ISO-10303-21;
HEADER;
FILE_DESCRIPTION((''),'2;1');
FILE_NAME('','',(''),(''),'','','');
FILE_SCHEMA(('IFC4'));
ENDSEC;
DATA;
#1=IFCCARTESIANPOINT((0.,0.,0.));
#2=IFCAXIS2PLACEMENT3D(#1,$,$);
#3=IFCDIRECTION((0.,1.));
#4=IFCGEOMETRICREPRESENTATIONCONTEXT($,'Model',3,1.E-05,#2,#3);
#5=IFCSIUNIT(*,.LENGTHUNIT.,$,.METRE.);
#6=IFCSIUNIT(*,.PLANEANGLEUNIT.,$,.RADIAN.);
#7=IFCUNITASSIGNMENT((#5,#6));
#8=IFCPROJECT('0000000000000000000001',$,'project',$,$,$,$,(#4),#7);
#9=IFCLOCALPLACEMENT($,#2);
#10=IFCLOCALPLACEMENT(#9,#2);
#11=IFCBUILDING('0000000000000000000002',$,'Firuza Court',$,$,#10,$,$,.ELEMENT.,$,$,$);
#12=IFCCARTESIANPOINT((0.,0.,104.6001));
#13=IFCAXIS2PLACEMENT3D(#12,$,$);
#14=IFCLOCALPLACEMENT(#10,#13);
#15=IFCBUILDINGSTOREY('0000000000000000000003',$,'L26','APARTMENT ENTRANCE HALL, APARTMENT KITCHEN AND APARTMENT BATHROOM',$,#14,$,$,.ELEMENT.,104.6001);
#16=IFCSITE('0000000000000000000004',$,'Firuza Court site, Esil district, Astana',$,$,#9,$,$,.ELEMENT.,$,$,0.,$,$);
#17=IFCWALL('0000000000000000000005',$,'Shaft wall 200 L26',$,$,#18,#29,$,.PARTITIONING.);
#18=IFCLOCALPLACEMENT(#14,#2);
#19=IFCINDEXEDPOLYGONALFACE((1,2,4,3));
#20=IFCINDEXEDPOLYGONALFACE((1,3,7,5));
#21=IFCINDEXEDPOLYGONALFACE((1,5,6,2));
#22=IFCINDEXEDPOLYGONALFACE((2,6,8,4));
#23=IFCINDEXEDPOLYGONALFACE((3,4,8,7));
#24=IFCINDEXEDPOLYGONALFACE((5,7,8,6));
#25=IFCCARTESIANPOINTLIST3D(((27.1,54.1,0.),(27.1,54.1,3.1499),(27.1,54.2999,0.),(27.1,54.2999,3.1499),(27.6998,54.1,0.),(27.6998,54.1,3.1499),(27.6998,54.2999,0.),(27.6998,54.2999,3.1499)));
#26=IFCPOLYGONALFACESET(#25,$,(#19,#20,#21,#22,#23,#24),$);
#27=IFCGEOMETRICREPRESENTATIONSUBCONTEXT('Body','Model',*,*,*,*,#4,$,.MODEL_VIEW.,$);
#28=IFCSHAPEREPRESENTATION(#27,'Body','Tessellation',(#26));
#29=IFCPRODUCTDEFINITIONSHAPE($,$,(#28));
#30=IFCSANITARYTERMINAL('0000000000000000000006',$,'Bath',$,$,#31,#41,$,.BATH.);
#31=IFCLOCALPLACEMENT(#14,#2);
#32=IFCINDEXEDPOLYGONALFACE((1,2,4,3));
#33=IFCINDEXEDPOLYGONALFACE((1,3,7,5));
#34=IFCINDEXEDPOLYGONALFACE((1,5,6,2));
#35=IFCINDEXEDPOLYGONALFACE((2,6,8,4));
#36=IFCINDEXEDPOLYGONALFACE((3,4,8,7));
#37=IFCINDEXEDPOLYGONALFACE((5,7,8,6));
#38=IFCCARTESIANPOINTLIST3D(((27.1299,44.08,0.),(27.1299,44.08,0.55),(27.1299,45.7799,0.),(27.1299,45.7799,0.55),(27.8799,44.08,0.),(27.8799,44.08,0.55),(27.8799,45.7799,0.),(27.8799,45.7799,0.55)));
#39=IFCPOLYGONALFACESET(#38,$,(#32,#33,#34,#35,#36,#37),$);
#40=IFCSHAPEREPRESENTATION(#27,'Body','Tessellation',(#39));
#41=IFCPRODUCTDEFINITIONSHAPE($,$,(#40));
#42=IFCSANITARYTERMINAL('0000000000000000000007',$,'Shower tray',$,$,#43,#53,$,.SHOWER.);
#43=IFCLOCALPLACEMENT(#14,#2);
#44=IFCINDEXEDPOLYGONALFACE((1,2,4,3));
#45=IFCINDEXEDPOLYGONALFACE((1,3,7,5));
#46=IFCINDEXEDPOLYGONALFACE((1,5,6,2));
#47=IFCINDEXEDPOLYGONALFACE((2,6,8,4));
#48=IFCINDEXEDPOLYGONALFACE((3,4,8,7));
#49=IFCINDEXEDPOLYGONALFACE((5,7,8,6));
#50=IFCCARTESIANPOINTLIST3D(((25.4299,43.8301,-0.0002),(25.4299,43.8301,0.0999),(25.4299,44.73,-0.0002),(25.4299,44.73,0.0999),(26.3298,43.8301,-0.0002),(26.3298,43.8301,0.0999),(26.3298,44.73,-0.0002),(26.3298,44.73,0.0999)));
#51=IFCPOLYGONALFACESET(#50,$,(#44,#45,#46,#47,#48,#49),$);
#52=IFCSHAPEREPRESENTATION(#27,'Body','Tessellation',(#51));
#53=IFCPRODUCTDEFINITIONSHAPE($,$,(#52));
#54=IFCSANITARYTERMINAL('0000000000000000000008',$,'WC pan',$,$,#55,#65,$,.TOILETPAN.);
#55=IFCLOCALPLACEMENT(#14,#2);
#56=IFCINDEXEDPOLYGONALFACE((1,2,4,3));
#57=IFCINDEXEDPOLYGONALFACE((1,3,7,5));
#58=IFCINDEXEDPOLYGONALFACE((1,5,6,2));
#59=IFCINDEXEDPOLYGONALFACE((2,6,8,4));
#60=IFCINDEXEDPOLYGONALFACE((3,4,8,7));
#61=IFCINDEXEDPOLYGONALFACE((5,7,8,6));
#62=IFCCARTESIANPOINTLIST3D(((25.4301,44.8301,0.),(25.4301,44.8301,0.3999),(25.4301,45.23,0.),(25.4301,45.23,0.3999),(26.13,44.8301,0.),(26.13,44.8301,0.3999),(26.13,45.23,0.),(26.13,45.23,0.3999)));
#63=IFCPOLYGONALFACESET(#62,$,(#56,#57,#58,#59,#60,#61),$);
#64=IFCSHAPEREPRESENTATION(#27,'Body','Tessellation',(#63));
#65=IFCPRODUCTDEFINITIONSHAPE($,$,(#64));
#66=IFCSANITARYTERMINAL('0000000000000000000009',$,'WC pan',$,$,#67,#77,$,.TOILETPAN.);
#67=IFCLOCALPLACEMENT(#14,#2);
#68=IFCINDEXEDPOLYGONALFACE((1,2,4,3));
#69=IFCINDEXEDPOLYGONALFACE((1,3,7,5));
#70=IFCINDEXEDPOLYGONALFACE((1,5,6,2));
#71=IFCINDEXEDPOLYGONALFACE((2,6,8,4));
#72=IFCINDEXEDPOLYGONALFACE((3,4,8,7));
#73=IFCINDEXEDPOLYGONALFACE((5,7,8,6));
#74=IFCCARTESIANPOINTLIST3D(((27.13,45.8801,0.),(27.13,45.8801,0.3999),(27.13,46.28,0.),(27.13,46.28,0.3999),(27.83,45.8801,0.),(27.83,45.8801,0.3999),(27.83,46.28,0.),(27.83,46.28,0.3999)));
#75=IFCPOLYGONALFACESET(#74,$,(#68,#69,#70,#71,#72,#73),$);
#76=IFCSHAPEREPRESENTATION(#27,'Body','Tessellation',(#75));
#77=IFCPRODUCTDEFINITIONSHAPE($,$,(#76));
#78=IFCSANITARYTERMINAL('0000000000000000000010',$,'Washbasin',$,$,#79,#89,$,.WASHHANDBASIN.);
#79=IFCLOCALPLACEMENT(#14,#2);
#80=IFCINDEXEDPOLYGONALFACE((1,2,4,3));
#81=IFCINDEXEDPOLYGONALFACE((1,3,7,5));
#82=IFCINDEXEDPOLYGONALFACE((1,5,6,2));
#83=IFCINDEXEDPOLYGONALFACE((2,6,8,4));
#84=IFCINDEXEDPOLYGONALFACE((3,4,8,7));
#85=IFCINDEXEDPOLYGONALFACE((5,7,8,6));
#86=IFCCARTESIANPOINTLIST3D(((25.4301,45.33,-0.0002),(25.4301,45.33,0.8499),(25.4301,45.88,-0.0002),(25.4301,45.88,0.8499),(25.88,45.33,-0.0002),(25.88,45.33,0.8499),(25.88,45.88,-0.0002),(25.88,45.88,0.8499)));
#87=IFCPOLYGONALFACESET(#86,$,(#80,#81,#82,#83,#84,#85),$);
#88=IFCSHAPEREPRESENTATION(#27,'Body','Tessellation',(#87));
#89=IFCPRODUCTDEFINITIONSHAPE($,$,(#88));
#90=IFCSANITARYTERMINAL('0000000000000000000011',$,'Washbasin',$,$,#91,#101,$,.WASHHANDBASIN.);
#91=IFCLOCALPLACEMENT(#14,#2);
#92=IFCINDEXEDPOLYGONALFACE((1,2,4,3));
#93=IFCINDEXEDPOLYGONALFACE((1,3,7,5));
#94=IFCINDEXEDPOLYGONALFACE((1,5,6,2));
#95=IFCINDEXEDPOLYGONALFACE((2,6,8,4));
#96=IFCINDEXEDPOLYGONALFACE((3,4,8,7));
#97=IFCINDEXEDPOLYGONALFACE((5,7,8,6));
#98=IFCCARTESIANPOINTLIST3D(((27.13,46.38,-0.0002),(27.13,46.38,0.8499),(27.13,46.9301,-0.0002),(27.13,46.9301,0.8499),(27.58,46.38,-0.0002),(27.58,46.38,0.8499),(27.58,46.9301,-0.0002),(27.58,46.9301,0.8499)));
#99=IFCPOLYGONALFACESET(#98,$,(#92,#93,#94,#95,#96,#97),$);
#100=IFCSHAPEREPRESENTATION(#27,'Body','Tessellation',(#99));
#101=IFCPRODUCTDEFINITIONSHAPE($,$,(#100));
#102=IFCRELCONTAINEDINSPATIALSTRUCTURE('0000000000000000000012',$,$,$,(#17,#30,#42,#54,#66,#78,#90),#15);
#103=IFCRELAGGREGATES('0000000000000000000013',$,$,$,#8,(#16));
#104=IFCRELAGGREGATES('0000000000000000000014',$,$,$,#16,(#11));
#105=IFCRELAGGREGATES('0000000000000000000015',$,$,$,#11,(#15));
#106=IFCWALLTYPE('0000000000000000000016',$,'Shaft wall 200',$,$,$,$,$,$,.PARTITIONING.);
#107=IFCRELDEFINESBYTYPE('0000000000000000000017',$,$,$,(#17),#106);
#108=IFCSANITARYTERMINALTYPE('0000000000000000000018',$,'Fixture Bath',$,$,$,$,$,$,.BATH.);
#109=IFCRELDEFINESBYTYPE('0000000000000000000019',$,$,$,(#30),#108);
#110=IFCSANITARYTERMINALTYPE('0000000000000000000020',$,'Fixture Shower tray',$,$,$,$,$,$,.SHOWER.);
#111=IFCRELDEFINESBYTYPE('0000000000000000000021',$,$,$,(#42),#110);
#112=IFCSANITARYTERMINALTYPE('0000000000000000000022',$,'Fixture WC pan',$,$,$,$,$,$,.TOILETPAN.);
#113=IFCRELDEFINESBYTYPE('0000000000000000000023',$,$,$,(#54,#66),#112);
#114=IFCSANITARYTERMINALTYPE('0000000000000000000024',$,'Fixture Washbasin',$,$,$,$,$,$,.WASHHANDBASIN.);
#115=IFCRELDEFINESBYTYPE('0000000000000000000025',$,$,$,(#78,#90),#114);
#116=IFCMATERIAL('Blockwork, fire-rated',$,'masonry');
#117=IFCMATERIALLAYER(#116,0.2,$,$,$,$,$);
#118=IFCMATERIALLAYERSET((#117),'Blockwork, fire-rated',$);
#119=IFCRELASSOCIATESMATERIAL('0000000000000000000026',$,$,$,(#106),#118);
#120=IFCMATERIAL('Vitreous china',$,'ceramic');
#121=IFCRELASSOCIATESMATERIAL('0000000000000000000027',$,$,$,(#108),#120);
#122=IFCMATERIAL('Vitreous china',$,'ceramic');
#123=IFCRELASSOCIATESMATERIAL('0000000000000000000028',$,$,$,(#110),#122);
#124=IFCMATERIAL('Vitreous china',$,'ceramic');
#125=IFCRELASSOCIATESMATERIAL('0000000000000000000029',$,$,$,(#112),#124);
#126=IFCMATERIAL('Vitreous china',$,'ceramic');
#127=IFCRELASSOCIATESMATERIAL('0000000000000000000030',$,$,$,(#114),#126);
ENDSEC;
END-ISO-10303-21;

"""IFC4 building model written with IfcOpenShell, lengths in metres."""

from ifc_helpers import new_model, si_unit, direction, frame, frame_2d, origin, origin_2d, place, context, subcontext, project, spatial, rectangle, extrude, material, layer, layer_set, type_object, element, save


model = new_model("IFC4")

# Units and contexts
model_context = context("Model", 3, precision=1e-05, world=origin(), true_north=direction((0.0, 1.0)))
body_context = subcontext(model_context, "Body", "Model", "MODEL_VIEW")
ifc_project = project(units=[si_unit("LENGTHUNIT", "METRE"), si_unit("PLANEANGLEUNIT", "RADIAN")], contexts=[model_context])

# Site, building, storey
site_placement = place(None, origin())
site = spatial("IfcSite", under=ifc_project, at=site_placement, Name="Firuza Court site, Esil district, Astana", CompositionType="ELEMENT", RefElevation=0.0)
building_placement = place(site_placement, origin())
building = spatial("IfcBuilding", under=site, at=building_placement, Name="Firuza Court", CompositionType="ELEMENT")
storey_placement = place(building_placement, frame((0.0, 0.0, 104.6001)))
storey = spatial("IfcBuildingStorey", under=building, at=storey_placement, Name="L26", Description="APARTMENT ENTRANCE HALL, APARTMENT KITCHEN AND APARTMENT BATHROOM", CompositionType="ELEMENT", Elevation=104.6001)

# Shared definitions
ifc_material_1 = material(Name="Blockwork, fire-rated", Category="masonry")

# Shared definitions
ifc_layer_1 = layer(ifc_material_1, 0.2)
ifc_layer_set_1 = layer_set([ifc_layer_1], Name="Blockwork, fire-rated")
wall_type_1 = type_object("IfcWallType", Name="Shaft wall 200", PredefinedType="PARTITIONING", material=ifc_layer_set_1)

# Wall
wall_1_placement = place(storey_placement, frame((27.1001, 54.2, 0.0), z_axis=(0.0, 0.0, 1.0), x_axis=(1.0, 0.0, 0.0)))
element("IfcWall", 1, at=wall_1_placement, inside=storey, type_object=wall_type_1, Name="Shaft wall 200 L26", PredefinedType="PARTITIONING", context=body_context, shape_type="SweptSolid", body=[
    extrude(rectangle(XDim=0.5999, YDim=0.2, at=frame_2d((0.2998, 0.0))), origin(), (0.0, 0.0, 1.0), 3.1499),
])

# Sanitary terminals
ifc_material_2 = material(Name="Vitreous china", Category="ceramic")
sanitary_terminal_type_1 = type_object("IfcSanitaryTerminalType", Name="Fixture Bath", PredefinedType="BATH", material=ifc_material_2)
sanitary_terminal_1_placement = place(storey_placement, frame((27.5049, 44.9299, 0.0), z_axis=(0.0, 0.0, 1.0), x_axis=(1.0, 0.0, 0.0)))
element("IfcSanitaryTerminal", 2, at=sanitary_terminal_1_placement, inside=storey, type_object=sanitary_terminal_type_1, Name="Bath", PredefinedType="BATH", context=body_context, shape_type="SweptSolid", body=[
    extrude(rectangle(XDim=0.75, YDim=1.7, at=origin_2d()), origin(), (0.0, 0.0, 1.0), 0.55),
])
ifc_material_3 = material(Name="Vitreous china", Category="ceramic")
sanitary_terminal_type_2 = type_object("IfcSanitaryTerminalType", Name="Fixture Shower tray", PredefinedType="SHOWER", material=ifc_material_3)
sanitary_terminal_2_placement = place(storey_placement, frame((25.8799, 44.28, -0.0002), z_axis=(0.0, 0.0, 1.0), x_axis=(1.0, 0.0, 0.0)))
element("IfcSanitaryTerminal", 3, at=sanitary_terminal_2_placement, inside=storey, type_object=sanitary_terminal_type_2, Name="Shower tray", PredefinedType="SHOWER", context=body_context, shape_type="SweptSolid", body=[
    extrude(rectangle(XDim=0.8999, YDim=0.8999, at=origin_2d()), origin(), (0.0, 0.0, 1.0), 0.1001),
])
ifc_material_4 = material(Name="Vitreous china", Category="ceramic")
sanitary_terminal_type_3 = type_object("IfcSanitaryTerminalType", Name="Fixture WC pan", PredefinedType="TOILETPAN", material=ifc_material_4)
for number, where, z_axis, x_axis, name in (
    (4, (25.78, 45.03, 0.0), (0.0, 0.0, 1.0), (1.0, 0.0, 0.0), "WC pan"),
    (5, (27.48, 46.0801, 0.0), (0.0, 0.0, 1.0), (1.0, 0.0, 0.0), "WC pan"),
):
    element("IfcSanitaryTerminal", number, at=place(storey_placement, frame(where, z_axis=z_axis, x_axis=x_axis)), inside=storey, type_object=sanitary_terminal_type_3, Name=name, PredefinedType="TOILETPAN", context=body_context, shape_type="SweptSolid", body=[
        extrude(rectangle(XDim=0.7, YDim=0.3999, at=origin_2d()), origin(), (0.0, 0.0, 1.0), 0.3999),
    ])
ifc_material_5 = material(Name="Vitreous china", Category="ceramic")
sanitary_terminal_type_4 = type_object("IfcSanitaryTerminalType", Name="Fixture Washbasin", PredefinedType="WASHHANDBASIN", material=ifc_material_5)
for number, where, z_axis, x_axis, name in (
    (6, (25.655, 45.605, -0.0002), (0.0, 0.0, 1.0), (1.0, 0.0, 0.0), "Washbasin"),
    (7, (27.355, 46.655, -0.0002), (0.0, 0.0, 1.0), (1.0, 0.0, 0.0), "Washbasin"),
):
    element("IfcSanitaryTerminal", number, at=place(storey_placement, frame(where, z_axis=z_axis, x_axis=x_axis)), inside=storey, type_object=sanitary_terminal_type_4, Name=name, PredefinedType="WASHHANDBASIN", context=body_context, shape_type="SweptSolid", body=[
        extrude(rectangle(XDim=0.45, YDim=0.55, at=origin_2d()), origin(), (0.0, 0.0, 1.0), 0.8501),
    ])

save(model, "model.ifc")
